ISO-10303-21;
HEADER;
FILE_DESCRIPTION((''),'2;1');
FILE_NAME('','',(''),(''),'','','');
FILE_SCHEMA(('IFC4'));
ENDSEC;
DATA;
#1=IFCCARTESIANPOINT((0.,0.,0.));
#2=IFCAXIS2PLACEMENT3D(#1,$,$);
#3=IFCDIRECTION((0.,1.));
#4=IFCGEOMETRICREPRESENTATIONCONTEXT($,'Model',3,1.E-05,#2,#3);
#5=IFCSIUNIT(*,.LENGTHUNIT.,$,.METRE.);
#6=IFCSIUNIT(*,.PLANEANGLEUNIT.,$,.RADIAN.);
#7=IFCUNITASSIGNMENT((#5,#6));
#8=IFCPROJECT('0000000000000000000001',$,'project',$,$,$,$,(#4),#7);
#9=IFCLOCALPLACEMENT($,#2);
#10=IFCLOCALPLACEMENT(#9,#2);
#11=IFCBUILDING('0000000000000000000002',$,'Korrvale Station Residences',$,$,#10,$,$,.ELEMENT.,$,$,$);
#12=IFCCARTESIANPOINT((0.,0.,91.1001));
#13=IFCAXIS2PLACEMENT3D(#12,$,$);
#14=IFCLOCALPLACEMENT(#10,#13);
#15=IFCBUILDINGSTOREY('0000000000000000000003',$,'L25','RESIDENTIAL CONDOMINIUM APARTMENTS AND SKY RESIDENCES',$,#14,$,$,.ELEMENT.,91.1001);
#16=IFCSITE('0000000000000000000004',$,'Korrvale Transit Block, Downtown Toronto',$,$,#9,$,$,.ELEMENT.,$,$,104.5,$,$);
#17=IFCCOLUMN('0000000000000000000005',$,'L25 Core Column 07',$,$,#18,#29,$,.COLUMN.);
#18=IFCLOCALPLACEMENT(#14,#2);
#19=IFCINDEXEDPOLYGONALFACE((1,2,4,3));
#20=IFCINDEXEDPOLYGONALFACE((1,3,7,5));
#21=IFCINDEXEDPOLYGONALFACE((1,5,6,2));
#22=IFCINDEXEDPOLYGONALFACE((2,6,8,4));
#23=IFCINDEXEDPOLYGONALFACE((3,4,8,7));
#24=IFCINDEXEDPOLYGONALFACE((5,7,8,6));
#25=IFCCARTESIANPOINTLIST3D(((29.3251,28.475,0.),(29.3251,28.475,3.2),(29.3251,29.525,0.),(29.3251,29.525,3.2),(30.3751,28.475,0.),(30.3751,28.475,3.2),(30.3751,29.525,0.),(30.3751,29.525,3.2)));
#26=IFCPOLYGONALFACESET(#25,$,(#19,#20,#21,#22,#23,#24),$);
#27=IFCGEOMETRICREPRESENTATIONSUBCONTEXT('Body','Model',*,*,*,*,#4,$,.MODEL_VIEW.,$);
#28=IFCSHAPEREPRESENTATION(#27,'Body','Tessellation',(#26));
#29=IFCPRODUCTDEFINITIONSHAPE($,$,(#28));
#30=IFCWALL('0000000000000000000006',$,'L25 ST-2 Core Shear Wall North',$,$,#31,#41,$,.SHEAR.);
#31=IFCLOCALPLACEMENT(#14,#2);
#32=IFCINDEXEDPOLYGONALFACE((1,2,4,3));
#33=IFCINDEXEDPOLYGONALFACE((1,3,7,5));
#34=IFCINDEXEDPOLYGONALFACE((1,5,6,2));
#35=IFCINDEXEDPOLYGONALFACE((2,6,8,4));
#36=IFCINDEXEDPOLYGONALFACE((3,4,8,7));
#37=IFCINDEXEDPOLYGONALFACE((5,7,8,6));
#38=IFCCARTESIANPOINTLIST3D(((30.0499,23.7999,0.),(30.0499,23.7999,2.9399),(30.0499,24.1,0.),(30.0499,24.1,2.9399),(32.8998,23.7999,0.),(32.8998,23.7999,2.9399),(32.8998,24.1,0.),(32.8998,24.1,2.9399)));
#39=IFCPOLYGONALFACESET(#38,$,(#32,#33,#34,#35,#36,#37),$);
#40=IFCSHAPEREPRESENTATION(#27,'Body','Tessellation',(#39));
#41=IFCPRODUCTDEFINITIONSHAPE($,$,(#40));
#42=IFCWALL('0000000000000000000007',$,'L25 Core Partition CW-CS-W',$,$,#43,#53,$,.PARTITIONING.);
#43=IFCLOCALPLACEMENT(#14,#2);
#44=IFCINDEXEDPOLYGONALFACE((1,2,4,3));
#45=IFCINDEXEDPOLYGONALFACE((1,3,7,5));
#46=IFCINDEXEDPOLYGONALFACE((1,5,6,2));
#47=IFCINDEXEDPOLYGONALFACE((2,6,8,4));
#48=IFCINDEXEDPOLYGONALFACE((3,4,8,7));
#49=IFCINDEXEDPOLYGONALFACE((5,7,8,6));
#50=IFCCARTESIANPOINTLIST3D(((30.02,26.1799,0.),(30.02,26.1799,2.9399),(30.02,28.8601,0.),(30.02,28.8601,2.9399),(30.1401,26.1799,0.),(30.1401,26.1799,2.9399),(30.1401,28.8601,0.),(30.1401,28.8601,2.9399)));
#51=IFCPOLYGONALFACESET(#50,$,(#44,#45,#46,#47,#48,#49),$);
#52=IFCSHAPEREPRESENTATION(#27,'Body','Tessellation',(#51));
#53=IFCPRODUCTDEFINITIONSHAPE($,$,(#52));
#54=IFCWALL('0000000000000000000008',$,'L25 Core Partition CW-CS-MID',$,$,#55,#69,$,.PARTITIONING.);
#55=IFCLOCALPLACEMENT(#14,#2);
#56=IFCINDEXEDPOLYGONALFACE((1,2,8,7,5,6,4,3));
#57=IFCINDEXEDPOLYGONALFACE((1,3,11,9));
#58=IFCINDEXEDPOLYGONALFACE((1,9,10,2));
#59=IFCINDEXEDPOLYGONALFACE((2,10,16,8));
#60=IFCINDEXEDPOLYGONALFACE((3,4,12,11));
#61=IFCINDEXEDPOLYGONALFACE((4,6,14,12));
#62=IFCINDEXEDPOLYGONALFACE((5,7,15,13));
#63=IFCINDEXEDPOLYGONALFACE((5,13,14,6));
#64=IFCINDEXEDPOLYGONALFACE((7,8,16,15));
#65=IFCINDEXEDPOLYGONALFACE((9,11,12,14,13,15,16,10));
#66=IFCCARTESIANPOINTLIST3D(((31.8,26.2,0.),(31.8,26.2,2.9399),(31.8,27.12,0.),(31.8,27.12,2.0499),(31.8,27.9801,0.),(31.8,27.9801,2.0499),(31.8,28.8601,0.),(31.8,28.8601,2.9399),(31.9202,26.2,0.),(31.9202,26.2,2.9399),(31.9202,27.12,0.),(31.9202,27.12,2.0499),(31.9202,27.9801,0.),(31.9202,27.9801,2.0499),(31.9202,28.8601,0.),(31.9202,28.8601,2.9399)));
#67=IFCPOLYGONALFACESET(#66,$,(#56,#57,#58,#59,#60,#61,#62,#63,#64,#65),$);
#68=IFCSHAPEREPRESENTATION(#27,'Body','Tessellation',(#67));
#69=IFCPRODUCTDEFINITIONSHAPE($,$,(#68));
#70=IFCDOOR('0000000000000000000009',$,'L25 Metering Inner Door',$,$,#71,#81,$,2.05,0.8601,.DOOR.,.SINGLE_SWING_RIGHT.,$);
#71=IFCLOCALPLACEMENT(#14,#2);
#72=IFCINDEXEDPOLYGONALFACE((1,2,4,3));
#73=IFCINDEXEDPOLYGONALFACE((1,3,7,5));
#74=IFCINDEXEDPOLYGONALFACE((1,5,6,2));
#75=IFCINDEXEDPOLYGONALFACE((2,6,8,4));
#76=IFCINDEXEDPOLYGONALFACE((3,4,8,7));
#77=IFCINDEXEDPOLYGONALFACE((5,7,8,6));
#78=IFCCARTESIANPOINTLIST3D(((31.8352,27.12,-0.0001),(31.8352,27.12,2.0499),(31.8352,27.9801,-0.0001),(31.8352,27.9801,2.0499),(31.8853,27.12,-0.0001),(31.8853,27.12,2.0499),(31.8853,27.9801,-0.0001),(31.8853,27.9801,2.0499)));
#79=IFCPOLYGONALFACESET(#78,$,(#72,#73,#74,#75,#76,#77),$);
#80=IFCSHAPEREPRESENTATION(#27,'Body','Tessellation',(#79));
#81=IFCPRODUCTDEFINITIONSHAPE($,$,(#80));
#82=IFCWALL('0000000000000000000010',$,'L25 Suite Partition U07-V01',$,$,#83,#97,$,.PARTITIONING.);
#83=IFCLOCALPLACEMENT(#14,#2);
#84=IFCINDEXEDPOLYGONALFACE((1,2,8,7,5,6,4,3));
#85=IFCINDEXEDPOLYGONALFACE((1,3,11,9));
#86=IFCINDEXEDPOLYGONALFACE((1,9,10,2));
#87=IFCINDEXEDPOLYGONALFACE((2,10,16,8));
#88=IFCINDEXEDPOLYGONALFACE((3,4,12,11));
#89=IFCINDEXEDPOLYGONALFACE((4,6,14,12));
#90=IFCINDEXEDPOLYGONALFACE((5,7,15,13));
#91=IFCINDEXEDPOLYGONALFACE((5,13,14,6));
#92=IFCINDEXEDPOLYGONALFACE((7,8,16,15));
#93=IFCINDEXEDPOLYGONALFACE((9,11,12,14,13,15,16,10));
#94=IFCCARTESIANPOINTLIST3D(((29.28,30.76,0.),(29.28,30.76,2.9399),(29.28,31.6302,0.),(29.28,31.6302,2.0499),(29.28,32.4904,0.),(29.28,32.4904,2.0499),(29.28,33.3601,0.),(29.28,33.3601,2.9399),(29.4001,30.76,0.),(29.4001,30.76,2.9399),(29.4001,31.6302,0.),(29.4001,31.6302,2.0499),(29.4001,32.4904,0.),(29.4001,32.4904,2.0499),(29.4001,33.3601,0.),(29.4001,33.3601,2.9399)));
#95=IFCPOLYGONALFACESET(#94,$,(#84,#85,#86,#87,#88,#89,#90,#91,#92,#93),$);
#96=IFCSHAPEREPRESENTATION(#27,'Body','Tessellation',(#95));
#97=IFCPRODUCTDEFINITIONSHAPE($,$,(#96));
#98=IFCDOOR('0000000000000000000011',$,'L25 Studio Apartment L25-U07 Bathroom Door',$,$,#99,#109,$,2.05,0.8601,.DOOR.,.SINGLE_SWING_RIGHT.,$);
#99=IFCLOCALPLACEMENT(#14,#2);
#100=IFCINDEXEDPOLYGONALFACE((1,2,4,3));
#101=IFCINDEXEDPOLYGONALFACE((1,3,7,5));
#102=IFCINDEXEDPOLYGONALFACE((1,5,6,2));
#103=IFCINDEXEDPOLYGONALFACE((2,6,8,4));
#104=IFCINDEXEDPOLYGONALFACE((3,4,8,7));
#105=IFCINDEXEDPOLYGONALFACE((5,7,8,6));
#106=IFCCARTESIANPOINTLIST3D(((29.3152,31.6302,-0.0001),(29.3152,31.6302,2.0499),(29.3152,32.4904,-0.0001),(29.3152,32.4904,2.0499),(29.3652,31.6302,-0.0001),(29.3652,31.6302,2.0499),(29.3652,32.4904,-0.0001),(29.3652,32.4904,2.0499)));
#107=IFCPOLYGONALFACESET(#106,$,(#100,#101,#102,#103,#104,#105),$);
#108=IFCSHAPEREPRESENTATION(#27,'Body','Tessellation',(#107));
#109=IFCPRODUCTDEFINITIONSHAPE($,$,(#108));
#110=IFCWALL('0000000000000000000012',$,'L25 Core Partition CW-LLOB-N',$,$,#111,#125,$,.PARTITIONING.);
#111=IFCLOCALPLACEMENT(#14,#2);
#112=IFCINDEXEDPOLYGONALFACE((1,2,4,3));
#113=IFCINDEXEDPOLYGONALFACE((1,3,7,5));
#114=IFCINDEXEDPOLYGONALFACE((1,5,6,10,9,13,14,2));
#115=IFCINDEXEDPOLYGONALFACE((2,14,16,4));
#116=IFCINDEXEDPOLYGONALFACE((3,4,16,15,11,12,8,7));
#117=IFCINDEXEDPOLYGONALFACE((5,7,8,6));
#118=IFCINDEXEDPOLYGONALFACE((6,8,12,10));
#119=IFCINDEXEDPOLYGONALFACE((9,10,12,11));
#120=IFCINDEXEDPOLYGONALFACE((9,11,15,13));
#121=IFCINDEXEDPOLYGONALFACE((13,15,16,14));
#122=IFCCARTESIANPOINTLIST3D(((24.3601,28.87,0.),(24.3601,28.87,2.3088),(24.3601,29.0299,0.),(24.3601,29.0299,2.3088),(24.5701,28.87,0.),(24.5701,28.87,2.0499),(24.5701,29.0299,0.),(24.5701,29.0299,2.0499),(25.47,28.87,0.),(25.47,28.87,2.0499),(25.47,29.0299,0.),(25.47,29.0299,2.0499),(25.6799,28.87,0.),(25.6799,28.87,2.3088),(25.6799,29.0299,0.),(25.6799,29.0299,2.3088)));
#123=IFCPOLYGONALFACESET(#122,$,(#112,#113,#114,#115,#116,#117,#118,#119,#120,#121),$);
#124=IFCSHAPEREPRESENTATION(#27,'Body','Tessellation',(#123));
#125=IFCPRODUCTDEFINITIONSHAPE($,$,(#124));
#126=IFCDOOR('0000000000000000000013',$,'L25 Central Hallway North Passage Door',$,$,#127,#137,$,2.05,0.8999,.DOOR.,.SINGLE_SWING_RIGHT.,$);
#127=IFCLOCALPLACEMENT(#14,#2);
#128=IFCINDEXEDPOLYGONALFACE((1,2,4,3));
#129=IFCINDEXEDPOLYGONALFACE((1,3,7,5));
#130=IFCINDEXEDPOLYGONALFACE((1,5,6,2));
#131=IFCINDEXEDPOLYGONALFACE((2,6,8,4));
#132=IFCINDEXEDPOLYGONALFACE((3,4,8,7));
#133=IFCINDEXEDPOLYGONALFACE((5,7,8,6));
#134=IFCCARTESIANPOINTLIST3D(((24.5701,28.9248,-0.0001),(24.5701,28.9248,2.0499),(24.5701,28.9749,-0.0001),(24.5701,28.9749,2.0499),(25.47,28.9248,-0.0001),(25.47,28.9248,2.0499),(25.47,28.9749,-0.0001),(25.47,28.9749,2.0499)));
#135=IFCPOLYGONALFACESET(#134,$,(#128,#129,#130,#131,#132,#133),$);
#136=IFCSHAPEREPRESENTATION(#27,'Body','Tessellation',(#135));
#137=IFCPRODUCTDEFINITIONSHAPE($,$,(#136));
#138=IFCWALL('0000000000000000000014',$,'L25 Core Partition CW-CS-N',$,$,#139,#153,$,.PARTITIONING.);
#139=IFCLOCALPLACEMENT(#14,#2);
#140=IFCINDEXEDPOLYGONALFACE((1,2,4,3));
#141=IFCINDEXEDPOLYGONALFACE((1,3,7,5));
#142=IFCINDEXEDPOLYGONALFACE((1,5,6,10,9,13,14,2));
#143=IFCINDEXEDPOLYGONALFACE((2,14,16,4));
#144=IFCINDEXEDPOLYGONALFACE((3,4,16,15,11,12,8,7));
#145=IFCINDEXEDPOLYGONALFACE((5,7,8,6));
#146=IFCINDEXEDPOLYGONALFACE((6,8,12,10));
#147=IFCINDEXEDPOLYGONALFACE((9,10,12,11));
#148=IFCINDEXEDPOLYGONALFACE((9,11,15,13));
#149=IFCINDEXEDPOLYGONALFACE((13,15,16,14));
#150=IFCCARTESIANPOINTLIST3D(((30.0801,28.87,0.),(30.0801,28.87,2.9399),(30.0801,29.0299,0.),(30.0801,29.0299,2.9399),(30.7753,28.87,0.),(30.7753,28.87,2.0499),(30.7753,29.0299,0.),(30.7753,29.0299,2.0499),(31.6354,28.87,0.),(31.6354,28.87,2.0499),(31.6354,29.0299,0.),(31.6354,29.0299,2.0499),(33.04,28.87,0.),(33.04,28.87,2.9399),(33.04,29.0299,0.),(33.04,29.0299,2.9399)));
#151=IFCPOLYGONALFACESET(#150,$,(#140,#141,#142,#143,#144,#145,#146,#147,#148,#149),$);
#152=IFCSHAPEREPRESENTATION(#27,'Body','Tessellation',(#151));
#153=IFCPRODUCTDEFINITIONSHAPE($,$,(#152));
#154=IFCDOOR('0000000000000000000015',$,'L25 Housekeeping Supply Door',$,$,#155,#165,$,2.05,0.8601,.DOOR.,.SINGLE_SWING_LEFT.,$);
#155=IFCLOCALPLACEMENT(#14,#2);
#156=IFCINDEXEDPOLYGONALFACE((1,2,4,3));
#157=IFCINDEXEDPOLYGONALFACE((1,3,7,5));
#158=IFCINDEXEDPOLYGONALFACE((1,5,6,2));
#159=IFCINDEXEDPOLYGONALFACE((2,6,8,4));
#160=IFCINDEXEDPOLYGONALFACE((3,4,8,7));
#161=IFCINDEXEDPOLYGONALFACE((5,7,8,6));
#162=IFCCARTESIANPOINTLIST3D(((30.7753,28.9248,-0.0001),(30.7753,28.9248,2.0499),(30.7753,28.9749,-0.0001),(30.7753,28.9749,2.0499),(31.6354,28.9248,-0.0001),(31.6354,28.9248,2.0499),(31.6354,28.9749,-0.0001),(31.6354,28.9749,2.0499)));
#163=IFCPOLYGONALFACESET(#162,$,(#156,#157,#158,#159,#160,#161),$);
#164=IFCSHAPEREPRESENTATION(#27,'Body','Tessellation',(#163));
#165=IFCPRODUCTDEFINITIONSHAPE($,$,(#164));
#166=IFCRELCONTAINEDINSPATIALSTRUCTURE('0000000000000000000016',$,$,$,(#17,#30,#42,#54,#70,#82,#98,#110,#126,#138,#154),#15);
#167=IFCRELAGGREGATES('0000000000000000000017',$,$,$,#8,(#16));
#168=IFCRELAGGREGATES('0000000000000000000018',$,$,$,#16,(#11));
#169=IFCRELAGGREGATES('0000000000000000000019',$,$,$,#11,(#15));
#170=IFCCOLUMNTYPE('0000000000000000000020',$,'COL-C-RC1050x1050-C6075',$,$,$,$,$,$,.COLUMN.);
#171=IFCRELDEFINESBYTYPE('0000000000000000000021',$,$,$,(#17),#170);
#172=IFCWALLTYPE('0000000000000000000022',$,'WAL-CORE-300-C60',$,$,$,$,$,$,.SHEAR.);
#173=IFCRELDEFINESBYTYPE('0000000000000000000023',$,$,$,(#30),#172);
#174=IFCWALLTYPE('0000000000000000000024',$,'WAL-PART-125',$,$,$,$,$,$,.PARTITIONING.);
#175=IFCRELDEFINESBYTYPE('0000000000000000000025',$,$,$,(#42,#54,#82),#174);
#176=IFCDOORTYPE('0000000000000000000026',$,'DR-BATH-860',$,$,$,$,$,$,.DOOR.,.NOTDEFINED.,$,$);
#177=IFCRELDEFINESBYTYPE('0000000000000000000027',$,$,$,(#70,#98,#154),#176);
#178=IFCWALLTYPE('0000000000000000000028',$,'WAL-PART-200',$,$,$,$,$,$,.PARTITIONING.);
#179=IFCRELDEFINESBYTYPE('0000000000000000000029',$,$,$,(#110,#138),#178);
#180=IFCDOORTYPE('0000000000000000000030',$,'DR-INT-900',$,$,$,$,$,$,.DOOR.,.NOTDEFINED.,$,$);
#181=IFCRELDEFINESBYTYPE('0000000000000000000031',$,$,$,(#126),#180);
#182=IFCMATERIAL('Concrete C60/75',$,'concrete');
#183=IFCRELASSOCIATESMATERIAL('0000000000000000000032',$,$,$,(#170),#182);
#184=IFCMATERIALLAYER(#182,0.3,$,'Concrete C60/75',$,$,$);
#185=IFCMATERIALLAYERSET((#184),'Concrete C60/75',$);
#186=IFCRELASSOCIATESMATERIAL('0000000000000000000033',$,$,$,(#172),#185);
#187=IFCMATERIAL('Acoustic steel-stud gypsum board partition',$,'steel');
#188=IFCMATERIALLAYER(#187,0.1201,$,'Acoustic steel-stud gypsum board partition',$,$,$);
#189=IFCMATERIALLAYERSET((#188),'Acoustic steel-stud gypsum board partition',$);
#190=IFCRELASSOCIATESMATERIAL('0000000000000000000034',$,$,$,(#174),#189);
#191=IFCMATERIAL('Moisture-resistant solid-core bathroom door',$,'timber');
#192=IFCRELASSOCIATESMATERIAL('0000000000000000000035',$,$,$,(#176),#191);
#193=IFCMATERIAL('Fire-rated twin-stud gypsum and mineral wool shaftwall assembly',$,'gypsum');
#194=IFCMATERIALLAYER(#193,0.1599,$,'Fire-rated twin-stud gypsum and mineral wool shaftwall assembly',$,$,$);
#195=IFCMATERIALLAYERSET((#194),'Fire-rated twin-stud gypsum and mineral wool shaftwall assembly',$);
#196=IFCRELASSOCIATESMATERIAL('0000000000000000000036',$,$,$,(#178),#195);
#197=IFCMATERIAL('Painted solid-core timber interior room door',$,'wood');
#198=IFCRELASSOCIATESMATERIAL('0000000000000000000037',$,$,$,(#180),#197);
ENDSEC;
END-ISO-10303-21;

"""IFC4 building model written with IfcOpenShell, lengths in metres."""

from ifc_helpers import new_model, si_unit, direction, frame, frame_2d, origin, origin_2d, place, context, subcontext, project, spatial, rectangle, extrude, material, layer, layer_set, material_profile, profile_set, type_object, element, fill, save


model = new_model("IFC4")

# Units and contexts
model_context = context("Model", 3, precision=1e-05, world=origin(), true_north=direction((0.0, 1.0)))
body_context = subcontext(model_context, "Body", "Model", "MODEL_VIEW")
ifc_project = project(units=[si_unit("LENGTHUNIT", "METRE"), si_unit("PLANEANGLEUNIT", "RADIAN")], contexts=[model_context])

# Site, building, storey
site_placement = place(None, origin())
site = spatial("IfcSite", under=ifc_project, at=site_placement, Name="Korrvale Transit Block, Downtown Toronto", CompositionType="ELEMENT", RefElevation=104.5)
building_placement = place(site_placement, origin())
building = spatial("IfcBuilding", under=site, at=building_placement, Name="Korrvale Station Residences", CompositionType="ELEMENT")
storey_placement = place(building_placement, frame((0.0, 0.0, 91.1001)))
storey = spatial("IfcBuildingStorey", under=building, at=storey_placement, Name="L25", Description="RESIDENTIAL CONDOMINIUM APARTMENTS AND SKY RESIDENCES", CompositionType="ELEMENT", Elevation=91.1001)

# Column
ifc_material_1 = material(Name="Concrete C60/75", Category="concrete")
ifc_material_profile = material_profile(ifc_material_1, rectangle(XDim=1.05, YDim=1.05, at=origin_2d()), Name="RC1050x1050")
ifc_profile_set = profile_set([ifc_material_profile], Name="Concrete C60/75")
column_type = type_object("IfcColumnType", Name="COL-C-RC1050x1050-C6075", PredefinedType="COLUMN", material=ifc_profile_set)
column_placement = place(storey_placement, frame((29.8501, 29.0, 0.0), z_axis=(0.0, 0.0, 1.0), x_axis=(1.0, 0.0, 0.0)))
element("IfcColumn", 1, at=column_placement, inside=storey, type_object=column_type, Name="L25 Core Column 07", PredefinedType="COLUMN", context=body_context, shape_type="SweptSolid", body=[
    extrude(rectangle(XDim=1.05, YDim=1.05, at=origin_2d()), origin(), (0.0, 0.0, 1.0), 3.2),
])

# Walls
ifc_layer_1 = layer(ifc_material_1, 0.3, Name="Concrete C60/75")
ifc_layer_set_1 = layer_set([ifc_layer_1], Name="Concrete C60/75")
wall_type_1 = type_object("IfcWallType", Name="WAL-CORE-300-C60", PredefinedType="SHEAR", material=ifc_layer_set_1)
wall_1_placement = place(storey_placement, frame((30.05, 23.95, 0.0), z_axis=(0.0, 0.0, 1.0), x_axis=(1.0, 0.0, 0.0)))
element("IfcWall", 2, at=wall_1_placement, inside=storey, type_object=wall_type_1, Name="L25 ST-2 Core Shear Wall North", PredefinedType="SHEAR", context=body_context, shape_type="SweptSolid", body=[
    extrude(rectangle(XDim=2.8499, YDim=0.3, at=frame_2d((1.4248, 0.0))), origin(), (0.0, 0.0, 1.0), 2.9399),
])
ifc_material_2 = material(Name="Acoustic steel-stud gypsum board partition", Category="steel")
ifc_layer_2 = layer(ifc_material_2, 0.1201, Name="Acoustic steel-stud gypsum board partition")
ifc_layer_set_2 = layer_set([ifc_layer_2], Name="Acoustic steel-stud gypsum board partition")
wall_type_2 = type_object("IfcWallType", Name="WAL-PART-125", PredefinedType="PARTITIONING", material=ifc_layer_set_2)
wall_2_placement = place(storey_placement, frame((30.0801, 26.1799, 0.0), z_axis=(0.0, 0.0, 1.0), x_axis=(0.0, 1.0, 0.0)))
element("IfcWall", 3, at=wall_2_placement, inside=storey, type_object=wall_type_2, Name="L25 Core Partition CW-CS-W", PredefinedType="PARTITIONING", context=body_context, shape_type="SweptSolid", body=[
    extrude(rectangle(XDim=2.6802, YDim=0.1201, at=frame_2d((1.3401, 0.0))), origin(), (0.0, 0.0, 1.0), 2.9399),
])

# Walls, openings, doors
wall_3_placement = place(storey_placement, frame((31.8601, 26.2, 0.0), z_axis=(0.0, 0.0, 1.0), x_axis=(0.0, 1.0, 0.0)))
wall_3 = element("IfcWall", 4, at=wall_3_placement, inside=storey, type_object=wall_type_2, Name="L25 Core Partition CW-CS-MID", PredefinedType="PARTITIONING", context=body_context, shape_type="SweptSolid", body=[
    extrude(rectangle(XDim=2.6602, YDim=0.1201, at=frame_2d((1.3301, 0.0))), origin(), (0.0, 0.0, 1.0), 2.9399),
])
opening_1_placement = place(wall_3_placement, frame((0.9199, 0.0, 0.0)))
opening_1 = element("IfcOpeningElement", 5, at=opening_1_placement, cuts=wall_3, PredefinedType="OPENING", context=body_context, shape_type="SweptSolid", body=[
    extrude(rectangle(XDim=0.8601, YDim=2.05, at=frame_2d((0.4302, 1.0249))), frame((0.0, 0.0701, 0.0), z_axis=(0.0, -1.0, 0.0), x_axis=(1.0, 0.0, 0.0)), (0.0, 0.0, 1.0), 0.1401),
])
ifc_material_3 = material(Name="Moisture-resistant solid-core bathroom door", Category="timber")
door_type_1 = type_object("IfcDoorType", Name="DR-BATH-860", OperationType="NOTDEFINED", PredefinedType="DOOR", material=ifc_material_3)
door_1_placement = place(opening_1_placement, origin())
door_1 = element("IfcDoor", 6, at=door_1_placement, inside=storey, type_object=door_type_1, Name="L25 Metering Inner Door", OperationType="SINGLE_SWING_RIGHT", OverallHeight=2.05, OverallWidth=0.8601, PredefinedType="DOOR", context=body_context, shape_type="SweptSolid", body=[
    extrude(rectangle(XDim=0.8601, YDim=2.05, at=frame_2d((0.4302, 1.0249))), frame((0.0, 0.0249, 0.0), z_axis=(0.0, -1.0, 0.0), x_axis=(1.0, 0.0, 0.0)), (0.0, 0.0, 1.0), 0.05),
])
fill(opening_1, door_1)
wall_4_placement = place(storey_placement, frame((29.3401, 30.76, 0.0), z_axis=(0.0, 0.0, 1.0), x_axis=(0.0, 1.0, 0.0)))
wall_4 = element("IfcWall", 7, at=wall_4_placement, inside=storey, type_object=wall_type_2, Name="L25 Suite Partition U07-V01", PredefinedType="PARTITIONING", context=body_context, shape_type="SweptSolid", body=[
    extrude(rectangle(XDim=2.6001, YDim=0.1201, at=frame_2d((1.3, 0.0))), origin(), (0.0, 0.0, 1.0), 2.9399),
])
opening_2_placement = place(wall_4_placement, frame((0.8701, 0.0, 0.0)))
opening_2 = element("IfcOpeningElement", 8, at=opening_2_placement, cuts=wall_4, PredefinedType="OPENING", context=body_context, shape_type="SweptSolid", body=[
    extrude(rectangle(XDim=0.8601, YDim=2.05, at=frame_2d((0.4302, 1.0249))), frame((0.0, 0.0701, 0.0), z_axis=(0.0, -1.0, 0.0), x_axis=(1.0, 0.0, 0.0)), (0.0, 0.0, 1.0), 0.1401),
])
door_2_placement = place(opening_2_placement, origin())
door_2 = element("IfcDoor", 9, at=door_2_placement, inside=storey, type_object=door_type_1, Name="L25 Studio Apartment L25-U07 Bathroom Door", OperationType="SINGLE_SWING_RIGHT", OverallHeight=2.05, OverallWidth=0.8601, PredefinedType="DOOR", context=body_context, shape_type="SweptSolid", body=[
    extrude(rectangle(XDim=0.8601, YDim=2.05, at=frame_2d((0.4302, 1.0249))), frame((0.0, 0.0249, 0.0), z_axis=(0.0, -1.0, 0.0), x_axis=(1.0, 0.0, 0.0)), (0.0, 0.0, 1.0), 0.05),
])
fill(opening_2, door_2)
ifc_material_4 = material(Name="Fire-rated twin-stud gypsum and mineral wool shaftwall assembly", Category="gypsum")
ifc_layer_3 = layer(ifc_material_4, 0.1599, Name="Fire-rated twin-stud gypsum and mineral wool shaftwall assembly")
ifc_layer_set_3 = layer_set([ifc_layer_3], Name="Fire-rated twin-stud gypsum and mineral wool shaftwall assembly")
wall_type_3 = type_object("IfcWallType", Name="WAL-PART-200", PredefinedType="PARTITIONING", material=ifc_layer_set_3)
wall_5_placement = place(storey_placement, frame((24.3601, 28.95, 0.0), z_axis=(0.0, 0.0, 1.0), x_axis=(1.0, 0.0, 0.0)))
wall_5 = element("IfcWall", 10, at=wall_5_placement, inside=storey, type_object=wall_type_3, Name="L25 Core Partition CW-LLOB-N", PredefinedType="PARTITIONING", context=body_context, shape_type="SweptSolid", body=[
    extrude(rectangle(XDim=1.3198, YDim=0.1599, at=frame_2d((0.6599, 0.0))), origin(), (0.0, 0.0, 1.0), 2.3088),
])
opening_3_placement = place(wall_5_placement, frame((0.21, 0.0, 0.0)))
opening_3 = element("IfcOpeningElement", 11, at=opening_3_placement, cuts=wall_5, PredefinedType="OPENING", context=body_context, shape_type="SweptSolid", body=[
    extrude(rectangle(XDim=0.8999, YDim=2.05, at=frame_2d((0.45, 1.0249))), frame((0.0, 0.0898, 0.0), z_axis=(0.0, -1.0, 0.0), x_axis=(1.0, 0.0, 0.0)), (0.0, 0.0, 1.0), 0.1799),
])
ifc_material_5 = material(Name="Painted solid-core timber interior room door", Category="wood")
door_type_2 = type_object("IfcDoorType", Name="DR-INT-900", OperationType="NOTDEFINED", PredefinedType="DOOR", material=ifc_material_5)
door_3_placement = place(opening_3_placement, origin())
door_3 = element("IfcDoor", 12, at=door_3_placement, inside=storey, type_object=door_type_2, Name="L25 Central Hallway North Passage Door", OperationType="SINGLE_SWING_RIGHT", OverallHeight=2.05, OverallWidth=0.8999, PredefinedType="DOOR", context=body_context, shape_type="SweptSolid", body=[
    extrude(rectangle(XDim=0.8999, YDim=2.05, at=frame_2d((0.45, 1.0249))), frame((0.0, 0.0249, 0.0), z_axis=(0.0, -1.0, 0.0), x_axis=(1.0, 0.0, 0.0)), (0.0, 0.0, 1.0), 0.05),
])
fill(opening_3, door_3)
wall_6_placement = place(storey_placement, frame((30.0801, 28.95, 0.0), z_axis=(0.0, 0.0, 1.0), x_axis=(1.0, 0.0, 0.0)))
wall_6 = element("IfcWall", 13, at=wall_6_placement, inside=storey, type_object=wall_type_3, Name="L25 Core Partition CW-CS-N", PredefinedType="PARTITIONING", context=body_context, shape_type="SweptSolid", body=[
    extrude(rectangle(XDim=2.96, YDim=0.1599, at=frame_2d((1.48, 0.0))), origin(), (0.0, 0.0, 1.0), 2.9399),
])
opening_4_placement = place(wall_6_placement, frame((0.6951, 0.0, 0.0)))
opening_4 = element("IfcOpeningElement", 14, at=opening_4_placement, cuts=wall_6, PredefinedType="OPENING", context=body_context, shape_type="SweptSolid", body=[
    extrude(rectangle(XDim=0.8601, YDim=2.05, at=frame_2d((0.4302, 1.0249))), frame((0.0, 0.0898, 0.0), z_axis=(0.0, -1.0, 0.0), x_axis=(1.0, 0.0, 0.0)), (0.0, 0.0, 1.0), 0.1799),
])
door_4_placement = place(opening_4_placement, origin())
door_4 = element("IfcDoor", 15, at=door_4_placement, inside=storey, type_object=door_type_1, Name="L25 Housekeeping Supply Door", OperationType="SINGLE_SWING_LEFT", OverallHeight=2.05, OverallWidth=0.8601, PredefinedType="DOOR", context=body_context, shape_type="SweptSolid", body=[
    extrude(rectangle(XDim=0.8601, YDim=2.05, at=frame_2d((0.4302, 1.0249))), frame((0.0, 0.0249, 0.0), z_axis=(0.0, -1.0, 0.0), x_axis=(1.0, 0.0, 0.0)), (0.0, 0.0, 1.0), 0.05),
])
fill(opening_4, door_4)

save(model, "model.ifc")
